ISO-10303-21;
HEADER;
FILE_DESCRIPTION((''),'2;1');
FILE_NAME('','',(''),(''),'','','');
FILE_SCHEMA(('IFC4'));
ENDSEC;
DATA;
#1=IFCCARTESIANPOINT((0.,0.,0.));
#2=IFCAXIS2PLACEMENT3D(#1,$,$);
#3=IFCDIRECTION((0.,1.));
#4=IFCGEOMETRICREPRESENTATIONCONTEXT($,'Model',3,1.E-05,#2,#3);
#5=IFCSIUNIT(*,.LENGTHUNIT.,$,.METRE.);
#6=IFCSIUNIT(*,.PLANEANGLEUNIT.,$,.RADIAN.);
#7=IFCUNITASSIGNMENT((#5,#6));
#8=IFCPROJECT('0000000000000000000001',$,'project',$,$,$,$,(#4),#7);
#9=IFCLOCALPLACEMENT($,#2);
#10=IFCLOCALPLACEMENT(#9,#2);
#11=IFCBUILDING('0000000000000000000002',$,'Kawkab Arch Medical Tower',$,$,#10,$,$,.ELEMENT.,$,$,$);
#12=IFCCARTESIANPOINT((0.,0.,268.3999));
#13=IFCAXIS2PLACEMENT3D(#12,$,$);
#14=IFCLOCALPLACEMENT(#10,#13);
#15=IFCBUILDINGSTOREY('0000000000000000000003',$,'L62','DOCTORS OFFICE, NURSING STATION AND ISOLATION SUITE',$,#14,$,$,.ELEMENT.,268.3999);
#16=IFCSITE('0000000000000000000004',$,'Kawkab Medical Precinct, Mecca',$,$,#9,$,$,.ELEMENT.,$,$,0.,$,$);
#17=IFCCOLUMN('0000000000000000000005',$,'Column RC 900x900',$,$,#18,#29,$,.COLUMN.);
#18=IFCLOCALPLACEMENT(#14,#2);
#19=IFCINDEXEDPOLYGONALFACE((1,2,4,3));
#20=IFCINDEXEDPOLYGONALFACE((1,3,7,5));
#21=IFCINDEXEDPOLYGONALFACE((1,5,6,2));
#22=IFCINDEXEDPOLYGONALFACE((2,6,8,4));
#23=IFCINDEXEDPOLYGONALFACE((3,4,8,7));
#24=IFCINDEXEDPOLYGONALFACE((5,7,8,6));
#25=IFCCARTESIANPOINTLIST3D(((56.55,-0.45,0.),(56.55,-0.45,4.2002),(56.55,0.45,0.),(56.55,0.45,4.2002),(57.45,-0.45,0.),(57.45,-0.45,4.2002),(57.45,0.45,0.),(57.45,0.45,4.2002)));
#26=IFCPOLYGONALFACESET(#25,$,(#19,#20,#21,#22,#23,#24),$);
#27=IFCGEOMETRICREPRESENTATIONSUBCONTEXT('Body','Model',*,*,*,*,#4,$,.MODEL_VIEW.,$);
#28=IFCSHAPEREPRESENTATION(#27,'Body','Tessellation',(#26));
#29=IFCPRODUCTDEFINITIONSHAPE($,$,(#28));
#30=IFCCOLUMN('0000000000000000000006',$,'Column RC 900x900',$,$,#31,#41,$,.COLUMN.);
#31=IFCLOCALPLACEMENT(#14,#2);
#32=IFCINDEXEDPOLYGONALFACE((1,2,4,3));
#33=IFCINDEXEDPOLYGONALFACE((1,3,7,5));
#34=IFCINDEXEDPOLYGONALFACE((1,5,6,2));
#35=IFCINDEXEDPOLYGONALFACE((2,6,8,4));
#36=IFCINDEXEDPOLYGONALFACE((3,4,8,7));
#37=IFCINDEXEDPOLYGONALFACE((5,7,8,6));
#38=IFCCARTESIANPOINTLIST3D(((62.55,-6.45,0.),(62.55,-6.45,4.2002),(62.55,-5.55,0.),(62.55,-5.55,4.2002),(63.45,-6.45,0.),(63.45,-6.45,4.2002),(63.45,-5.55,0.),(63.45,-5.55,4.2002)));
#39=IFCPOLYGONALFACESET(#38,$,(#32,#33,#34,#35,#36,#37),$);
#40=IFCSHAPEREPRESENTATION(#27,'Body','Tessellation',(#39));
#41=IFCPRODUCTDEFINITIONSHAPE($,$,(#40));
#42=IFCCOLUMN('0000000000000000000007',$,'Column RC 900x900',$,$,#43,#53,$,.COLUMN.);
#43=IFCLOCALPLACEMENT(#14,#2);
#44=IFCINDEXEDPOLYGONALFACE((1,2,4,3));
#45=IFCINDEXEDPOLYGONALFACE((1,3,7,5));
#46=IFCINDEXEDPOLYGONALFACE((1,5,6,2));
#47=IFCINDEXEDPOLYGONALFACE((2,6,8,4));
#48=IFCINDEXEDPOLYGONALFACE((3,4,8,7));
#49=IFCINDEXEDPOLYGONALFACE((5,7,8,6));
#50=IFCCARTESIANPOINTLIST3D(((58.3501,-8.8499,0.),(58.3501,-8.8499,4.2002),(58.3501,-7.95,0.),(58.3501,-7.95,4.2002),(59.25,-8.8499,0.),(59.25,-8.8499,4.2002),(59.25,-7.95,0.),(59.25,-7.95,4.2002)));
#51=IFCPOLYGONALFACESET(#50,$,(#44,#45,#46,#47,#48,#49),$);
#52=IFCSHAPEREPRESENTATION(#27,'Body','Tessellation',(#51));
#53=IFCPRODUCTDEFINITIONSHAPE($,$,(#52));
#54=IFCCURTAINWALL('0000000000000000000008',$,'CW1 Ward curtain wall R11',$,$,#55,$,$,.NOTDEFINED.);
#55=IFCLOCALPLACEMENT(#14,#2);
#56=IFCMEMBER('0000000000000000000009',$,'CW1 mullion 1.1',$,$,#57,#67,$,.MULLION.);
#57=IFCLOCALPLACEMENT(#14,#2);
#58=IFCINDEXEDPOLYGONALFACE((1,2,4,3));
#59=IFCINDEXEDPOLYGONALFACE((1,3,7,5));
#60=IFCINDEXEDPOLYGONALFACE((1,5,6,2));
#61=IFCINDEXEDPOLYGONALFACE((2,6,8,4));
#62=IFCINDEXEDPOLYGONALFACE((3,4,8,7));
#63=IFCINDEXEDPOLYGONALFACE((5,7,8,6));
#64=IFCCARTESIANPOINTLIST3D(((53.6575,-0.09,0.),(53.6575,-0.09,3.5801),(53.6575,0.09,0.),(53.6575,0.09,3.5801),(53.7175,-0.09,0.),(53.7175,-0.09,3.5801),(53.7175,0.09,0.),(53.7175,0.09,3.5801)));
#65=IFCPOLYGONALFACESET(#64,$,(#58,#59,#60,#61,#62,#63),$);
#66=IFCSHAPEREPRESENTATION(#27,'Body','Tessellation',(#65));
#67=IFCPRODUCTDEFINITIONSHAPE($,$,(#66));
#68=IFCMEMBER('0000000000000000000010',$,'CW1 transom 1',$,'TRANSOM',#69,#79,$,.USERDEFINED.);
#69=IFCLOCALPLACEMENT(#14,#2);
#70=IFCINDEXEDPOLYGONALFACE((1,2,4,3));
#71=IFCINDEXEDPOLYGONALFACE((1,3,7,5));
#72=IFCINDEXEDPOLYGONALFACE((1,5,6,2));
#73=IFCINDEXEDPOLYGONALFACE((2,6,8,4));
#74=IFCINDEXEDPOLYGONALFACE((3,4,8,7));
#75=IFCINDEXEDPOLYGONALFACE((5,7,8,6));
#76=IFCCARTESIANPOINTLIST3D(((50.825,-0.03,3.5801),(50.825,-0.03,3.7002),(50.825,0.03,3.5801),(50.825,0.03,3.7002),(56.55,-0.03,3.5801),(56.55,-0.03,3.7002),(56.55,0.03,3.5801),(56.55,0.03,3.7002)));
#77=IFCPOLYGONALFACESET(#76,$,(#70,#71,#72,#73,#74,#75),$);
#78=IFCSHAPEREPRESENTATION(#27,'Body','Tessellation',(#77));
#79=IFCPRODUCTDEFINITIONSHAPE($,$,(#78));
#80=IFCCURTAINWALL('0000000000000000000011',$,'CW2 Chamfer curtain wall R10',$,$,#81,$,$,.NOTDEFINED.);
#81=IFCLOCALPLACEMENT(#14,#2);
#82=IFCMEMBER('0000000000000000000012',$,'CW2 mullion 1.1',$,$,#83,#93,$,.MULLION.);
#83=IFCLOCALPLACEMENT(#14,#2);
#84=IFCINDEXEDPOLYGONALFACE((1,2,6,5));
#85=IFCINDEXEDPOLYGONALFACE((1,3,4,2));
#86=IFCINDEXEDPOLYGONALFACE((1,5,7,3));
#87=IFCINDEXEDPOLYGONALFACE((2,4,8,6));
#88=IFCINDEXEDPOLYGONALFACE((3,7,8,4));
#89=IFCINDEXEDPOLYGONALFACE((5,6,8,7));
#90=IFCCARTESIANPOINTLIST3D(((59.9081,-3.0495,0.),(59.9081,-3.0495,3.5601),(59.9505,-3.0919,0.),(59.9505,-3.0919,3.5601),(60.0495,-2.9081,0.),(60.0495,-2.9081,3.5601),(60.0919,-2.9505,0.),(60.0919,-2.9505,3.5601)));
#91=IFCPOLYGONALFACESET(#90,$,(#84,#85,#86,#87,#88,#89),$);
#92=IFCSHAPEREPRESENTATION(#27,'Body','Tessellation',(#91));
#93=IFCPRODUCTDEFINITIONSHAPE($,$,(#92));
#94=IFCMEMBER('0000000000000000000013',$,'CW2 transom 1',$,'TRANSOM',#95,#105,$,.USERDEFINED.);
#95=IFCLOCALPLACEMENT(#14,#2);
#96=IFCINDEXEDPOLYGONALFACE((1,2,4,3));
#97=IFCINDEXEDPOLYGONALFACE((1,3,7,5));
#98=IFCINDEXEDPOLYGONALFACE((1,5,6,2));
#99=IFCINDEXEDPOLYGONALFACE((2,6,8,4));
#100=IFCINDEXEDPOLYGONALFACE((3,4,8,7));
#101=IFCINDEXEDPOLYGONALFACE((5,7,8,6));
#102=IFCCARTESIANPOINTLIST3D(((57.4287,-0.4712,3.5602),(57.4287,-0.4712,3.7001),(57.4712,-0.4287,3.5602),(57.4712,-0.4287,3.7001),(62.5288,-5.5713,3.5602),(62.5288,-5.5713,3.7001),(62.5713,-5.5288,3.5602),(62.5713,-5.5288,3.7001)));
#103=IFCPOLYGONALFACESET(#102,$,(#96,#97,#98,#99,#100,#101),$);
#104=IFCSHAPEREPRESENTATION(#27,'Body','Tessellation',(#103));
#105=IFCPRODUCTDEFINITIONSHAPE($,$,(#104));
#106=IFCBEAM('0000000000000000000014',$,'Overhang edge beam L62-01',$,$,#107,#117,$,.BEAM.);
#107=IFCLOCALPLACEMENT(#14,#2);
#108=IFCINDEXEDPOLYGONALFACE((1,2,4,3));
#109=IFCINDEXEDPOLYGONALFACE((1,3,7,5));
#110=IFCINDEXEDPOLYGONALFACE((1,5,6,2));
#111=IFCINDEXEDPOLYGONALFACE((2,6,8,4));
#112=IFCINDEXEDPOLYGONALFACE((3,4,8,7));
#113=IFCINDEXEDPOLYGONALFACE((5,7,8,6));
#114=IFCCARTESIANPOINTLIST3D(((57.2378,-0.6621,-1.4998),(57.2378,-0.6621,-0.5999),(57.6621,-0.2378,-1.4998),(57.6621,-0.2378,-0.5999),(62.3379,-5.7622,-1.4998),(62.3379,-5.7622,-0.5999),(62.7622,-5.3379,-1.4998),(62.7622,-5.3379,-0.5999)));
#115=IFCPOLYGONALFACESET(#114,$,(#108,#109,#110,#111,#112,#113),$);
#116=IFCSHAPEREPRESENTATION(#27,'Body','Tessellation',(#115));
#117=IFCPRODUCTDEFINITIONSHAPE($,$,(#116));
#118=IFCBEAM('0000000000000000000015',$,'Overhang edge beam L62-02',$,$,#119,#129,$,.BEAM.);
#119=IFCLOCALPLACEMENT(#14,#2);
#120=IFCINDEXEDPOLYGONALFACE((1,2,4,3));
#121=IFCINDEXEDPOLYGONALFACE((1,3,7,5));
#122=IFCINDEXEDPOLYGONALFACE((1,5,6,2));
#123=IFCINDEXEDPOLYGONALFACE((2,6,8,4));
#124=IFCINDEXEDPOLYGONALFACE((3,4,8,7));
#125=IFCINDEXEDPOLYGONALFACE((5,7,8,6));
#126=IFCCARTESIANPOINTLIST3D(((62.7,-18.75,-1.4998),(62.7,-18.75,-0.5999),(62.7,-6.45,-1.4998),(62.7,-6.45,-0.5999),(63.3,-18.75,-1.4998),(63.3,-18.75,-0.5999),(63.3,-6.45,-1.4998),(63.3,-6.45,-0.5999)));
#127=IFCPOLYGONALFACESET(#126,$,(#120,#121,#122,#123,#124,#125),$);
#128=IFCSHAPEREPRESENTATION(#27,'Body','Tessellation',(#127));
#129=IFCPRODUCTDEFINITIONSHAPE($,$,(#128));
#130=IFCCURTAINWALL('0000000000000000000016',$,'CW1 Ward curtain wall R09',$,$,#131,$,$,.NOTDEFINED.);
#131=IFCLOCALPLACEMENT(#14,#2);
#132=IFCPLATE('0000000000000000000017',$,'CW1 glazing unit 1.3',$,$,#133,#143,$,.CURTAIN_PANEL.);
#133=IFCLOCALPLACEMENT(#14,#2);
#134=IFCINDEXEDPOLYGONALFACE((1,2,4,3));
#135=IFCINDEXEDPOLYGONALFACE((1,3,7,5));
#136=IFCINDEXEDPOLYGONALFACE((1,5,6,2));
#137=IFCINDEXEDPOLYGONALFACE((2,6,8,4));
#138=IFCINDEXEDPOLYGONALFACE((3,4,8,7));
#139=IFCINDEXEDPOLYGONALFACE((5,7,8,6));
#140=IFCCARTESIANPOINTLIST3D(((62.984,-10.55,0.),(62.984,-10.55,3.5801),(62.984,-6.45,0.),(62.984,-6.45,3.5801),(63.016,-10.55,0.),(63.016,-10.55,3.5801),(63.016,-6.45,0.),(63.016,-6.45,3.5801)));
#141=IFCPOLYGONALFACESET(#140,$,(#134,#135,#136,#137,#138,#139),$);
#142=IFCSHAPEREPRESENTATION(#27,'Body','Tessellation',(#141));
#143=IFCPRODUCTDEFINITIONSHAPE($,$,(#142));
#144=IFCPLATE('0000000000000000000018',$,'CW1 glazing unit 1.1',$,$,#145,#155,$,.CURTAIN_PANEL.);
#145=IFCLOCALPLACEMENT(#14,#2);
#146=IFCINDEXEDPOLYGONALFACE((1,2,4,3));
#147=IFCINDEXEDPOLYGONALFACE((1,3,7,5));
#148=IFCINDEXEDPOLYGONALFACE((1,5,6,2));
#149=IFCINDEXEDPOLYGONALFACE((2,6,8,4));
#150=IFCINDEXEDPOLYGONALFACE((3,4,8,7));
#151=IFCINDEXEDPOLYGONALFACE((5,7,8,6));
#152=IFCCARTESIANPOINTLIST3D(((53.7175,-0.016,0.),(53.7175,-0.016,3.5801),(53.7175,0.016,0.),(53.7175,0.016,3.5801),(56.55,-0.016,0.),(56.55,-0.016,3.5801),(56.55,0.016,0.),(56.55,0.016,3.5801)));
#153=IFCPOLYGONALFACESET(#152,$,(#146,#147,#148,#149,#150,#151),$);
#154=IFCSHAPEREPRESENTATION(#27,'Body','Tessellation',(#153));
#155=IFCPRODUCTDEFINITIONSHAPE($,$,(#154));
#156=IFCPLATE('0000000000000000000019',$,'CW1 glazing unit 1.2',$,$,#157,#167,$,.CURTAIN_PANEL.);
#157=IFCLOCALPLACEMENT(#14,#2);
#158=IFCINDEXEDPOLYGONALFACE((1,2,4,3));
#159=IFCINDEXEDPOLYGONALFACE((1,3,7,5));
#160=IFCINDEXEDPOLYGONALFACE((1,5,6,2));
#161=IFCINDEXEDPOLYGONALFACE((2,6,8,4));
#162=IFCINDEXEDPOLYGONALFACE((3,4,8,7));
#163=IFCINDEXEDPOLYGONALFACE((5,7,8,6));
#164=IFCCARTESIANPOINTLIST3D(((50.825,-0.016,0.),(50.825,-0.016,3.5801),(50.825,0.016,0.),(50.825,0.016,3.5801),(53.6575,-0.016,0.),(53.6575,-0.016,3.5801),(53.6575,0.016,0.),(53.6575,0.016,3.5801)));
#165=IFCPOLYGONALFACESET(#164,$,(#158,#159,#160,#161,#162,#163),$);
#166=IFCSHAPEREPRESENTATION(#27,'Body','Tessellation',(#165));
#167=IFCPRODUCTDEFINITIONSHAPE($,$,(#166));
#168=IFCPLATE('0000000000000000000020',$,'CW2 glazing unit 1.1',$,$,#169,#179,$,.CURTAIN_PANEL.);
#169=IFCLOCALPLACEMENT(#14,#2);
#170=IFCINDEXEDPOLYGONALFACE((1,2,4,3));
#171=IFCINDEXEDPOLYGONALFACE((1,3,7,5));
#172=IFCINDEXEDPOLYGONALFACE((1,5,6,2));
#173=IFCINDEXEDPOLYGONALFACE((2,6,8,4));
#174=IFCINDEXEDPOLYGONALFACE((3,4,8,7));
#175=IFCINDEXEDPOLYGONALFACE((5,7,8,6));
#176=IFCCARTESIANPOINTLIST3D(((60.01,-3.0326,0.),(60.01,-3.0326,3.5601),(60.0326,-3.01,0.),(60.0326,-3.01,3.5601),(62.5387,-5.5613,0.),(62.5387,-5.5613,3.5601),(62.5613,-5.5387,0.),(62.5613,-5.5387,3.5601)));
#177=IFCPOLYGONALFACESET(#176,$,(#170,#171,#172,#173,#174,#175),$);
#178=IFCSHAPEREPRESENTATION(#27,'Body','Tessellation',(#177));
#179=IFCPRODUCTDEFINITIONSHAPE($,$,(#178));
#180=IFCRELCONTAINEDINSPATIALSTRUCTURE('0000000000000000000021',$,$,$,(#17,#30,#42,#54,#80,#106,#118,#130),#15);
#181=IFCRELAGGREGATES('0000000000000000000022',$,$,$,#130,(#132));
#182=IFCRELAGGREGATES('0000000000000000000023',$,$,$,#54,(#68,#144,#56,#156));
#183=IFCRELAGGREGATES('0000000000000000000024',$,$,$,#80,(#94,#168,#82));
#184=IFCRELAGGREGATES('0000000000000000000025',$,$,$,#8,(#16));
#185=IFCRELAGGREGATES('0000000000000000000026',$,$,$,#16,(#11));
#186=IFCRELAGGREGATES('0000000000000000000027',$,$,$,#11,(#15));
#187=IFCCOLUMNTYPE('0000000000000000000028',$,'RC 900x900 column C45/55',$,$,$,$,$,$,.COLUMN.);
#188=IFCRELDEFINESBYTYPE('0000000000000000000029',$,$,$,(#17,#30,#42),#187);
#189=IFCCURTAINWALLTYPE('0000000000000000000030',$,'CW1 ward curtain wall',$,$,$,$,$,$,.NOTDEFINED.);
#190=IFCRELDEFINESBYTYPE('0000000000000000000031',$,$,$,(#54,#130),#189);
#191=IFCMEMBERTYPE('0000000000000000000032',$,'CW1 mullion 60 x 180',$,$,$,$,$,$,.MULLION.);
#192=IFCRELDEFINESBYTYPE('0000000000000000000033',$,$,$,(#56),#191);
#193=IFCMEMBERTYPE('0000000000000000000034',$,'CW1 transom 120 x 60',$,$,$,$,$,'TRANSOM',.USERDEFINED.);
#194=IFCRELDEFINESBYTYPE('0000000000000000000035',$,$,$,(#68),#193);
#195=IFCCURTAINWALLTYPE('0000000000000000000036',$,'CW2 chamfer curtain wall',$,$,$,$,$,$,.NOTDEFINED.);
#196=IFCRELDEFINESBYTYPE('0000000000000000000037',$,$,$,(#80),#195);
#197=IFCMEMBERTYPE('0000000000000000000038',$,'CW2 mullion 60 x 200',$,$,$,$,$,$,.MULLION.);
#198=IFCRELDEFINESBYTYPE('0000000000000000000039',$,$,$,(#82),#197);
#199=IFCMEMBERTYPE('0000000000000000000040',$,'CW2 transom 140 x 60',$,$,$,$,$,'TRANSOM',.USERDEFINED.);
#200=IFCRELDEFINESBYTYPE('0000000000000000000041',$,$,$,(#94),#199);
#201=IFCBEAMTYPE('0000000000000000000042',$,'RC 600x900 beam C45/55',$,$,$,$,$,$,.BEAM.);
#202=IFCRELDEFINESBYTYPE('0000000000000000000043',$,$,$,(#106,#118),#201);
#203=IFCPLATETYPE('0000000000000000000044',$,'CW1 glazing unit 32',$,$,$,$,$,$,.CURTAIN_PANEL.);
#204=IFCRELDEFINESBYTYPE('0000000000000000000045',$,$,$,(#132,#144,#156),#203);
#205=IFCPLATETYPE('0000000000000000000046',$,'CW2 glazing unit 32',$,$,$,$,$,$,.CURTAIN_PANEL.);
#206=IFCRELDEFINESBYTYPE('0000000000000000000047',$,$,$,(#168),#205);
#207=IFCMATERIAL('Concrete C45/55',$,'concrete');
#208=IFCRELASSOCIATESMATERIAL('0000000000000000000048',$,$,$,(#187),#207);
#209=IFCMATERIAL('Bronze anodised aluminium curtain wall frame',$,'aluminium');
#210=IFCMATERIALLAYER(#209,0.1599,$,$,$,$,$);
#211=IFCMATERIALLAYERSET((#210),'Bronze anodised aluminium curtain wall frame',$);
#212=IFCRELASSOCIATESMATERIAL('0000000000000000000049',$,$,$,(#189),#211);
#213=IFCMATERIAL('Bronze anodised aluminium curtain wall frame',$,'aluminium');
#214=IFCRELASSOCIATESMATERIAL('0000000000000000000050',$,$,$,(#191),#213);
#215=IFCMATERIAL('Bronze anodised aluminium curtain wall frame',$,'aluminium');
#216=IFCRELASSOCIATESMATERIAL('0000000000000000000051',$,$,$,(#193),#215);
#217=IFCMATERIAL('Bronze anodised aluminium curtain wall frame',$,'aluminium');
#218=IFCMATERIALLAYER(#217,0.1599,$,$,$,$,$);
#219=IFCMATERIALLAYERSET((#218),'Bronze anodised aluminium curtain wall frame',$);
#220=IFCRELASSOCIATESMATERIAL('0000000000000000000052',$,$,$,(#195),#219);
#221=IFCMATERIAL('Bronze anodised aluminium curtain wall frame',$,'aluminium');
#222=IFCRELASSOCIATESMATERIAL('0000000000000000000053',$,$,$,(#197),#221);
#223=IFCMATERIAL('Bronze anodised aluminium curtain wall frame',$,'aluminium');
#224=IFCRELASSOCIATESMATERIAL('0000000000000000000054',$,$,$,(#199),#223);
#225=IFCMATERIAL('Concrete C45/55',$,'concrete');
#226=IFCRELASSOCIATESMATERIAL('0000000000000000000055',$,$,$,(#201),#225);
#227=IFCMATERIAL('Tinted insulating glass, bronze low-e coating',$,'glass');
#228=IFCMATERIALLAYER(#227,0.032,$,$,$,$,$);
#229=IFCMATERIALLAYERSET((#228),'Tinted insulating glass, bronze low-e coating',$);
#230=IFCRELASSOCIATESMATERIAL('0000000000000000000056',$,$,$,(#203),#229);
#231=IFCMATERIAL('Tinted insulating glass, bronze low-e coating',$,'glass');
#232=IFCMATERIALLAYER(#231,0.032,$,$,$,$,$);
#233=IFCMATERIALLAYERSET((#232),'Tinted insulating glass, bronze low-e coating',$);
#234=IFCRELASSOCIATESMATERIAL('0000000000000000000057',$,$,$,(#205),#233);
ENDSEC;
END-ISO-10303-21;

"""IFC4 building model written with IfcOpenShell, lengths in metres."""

from ifc_helpers import new_model, si_unit, direction, frame, origin, origin_2d, place, context, subcontext, project, spatial, rectangle, extrude, material, layer, layer_set, material_profile, profile_set, type_object, element, aggregate, save


model = new_model("IFC4")

# Units and contexts
model_context = context("Model", 3, precision=1e-05, world=origin(), true_north=direction((0.0, 1.0)))
body_context = subcontext(model_context, "Body", "Model", "MODEL_VIEW")
ifc_project = project(units=[si_unit("LENGTHUNIT", "METRE"), si_unit("PLANEANGLEUNIT", "RADIAN")], contexts=[model_context])

# Site, building, storey
site_placement = place(None, origin())
site = spatial("IfcSite", under=ifc_project, at=site_placement, Name="Kawkab Medical Precinct, Mecca", CompositionType="ELEMENT", RefElevation=0.0)
building_placement = place(site_placement, origin())
building = spatial("IfcBuilding", under=site, at=building_placement, Name="Kawkab Arch Medical Tower", CompositionType="ELEMENT")
storey_placement = place(building_placement, frame((0.0, 0.0, 268.3999)))
storey = spatial("IfcBuildingStorey", under=building, at=storey_placement, Name="L62", Description="DOCTORS OFFICE, NURSING STATION AND ISOLATION SUITE", CompositionType="ELEMENT", Elevation=268.3999)

# Columns
ifc_material_1 = material(Name="Concrete C45/55", Category="concrete")
ifc_material_profile_1 = material_profile(ifc_material_1, rectangle(XDim=0.8999, YDim=0.8999, at=origin_2d()), Name="RC 900x900")
ifc_profile_set_1 = profile_set([ifc_material_profile_1], Name="Concrete C45/55")
column_type = type_object("IfcColumnType", Name="RC 900x900 column C45/55", PredefinedType="COLUMN", material=ifc_profile_set_1)
for number, where, z_axis, x_axis, name in (
    (1, (57.0, 0.0, 0.0), (0.0, 0.0, 1.0), (1.0, 0.0, 0.0), "Column RC 900x900"),
    (2, (63.0, -6.0, 0.0), (0.0, 0.0, 1.0), (1.0, 0.0, 0.0), "Column RC 900x900"),
    (3, (58.8, -8.3999, 0.0), (0.0, 0.0, 1.0), (1.0, 0.0, 0.0), "Column RC 900x900"),
):
    element("IfcColumn", number, at=place(storey_placement, frame(where, z_axis=z_axis, x_axis=x_axis)), inside=storey, type_object=column_type, Name=name, PredefinedType="COLUMN", context=body_context, shape_type="SweptSolid", body=[
        extrude(rectangle(XDim=0.8999, YDim=0.8999, at=origin_2d()), origin(), (0.0, 0.0, 1.0), 4.2002),
    ])

# Curtain walls, members
ifc_material_2 = material(Name="Bronze anodised aluminium curtain wall frame", Category="aluminium")
ifc_layer_1 = layer(ifc_material_2, 0.1599)
ifc_layer_set_1 = layer_set([ifc_layer_1], Name="Bronze anodised aluminium curtain wall frame")
curtain_wall_type_1 = type_object("IfcCurtainWallType", Name="CW1 ward curtain wall", PredefinedType="NOTDEFINED", material=ifc_layer_set_1)
placement = place(storey_placement, origin())
curtain_wall_1 = element("IfcCurtainWall", 4, at=placement, inside=storey, type_object=curtain_wall_type_1, Name="CW1 Ward curtain wall R11", PredefinedType="NOTDEFINED")
ifc_material_3 = material(Name="Bronze anodised aluminium curtain wall frame", Category="aluminium")
ifc_material_profile_2 = material_profile(ifc_material_3, rectangle(XDim=0.1799, YDim=0.0601, at=origin_2d()), Name="AL 60x180")
ifc_profile_set_2 = profile_set([ifc_material_profile_2], Name="Bronze anodised aluminium curtain wall frame")
member_type_1 = type_object("IfcMemberType", Name="CW1 mullion 60 x 180", PredefinedType="MULLION", material=ifc_profile_set_2)
member_1_placement = place(storey_placement, frame((53.6875, 0.0, 0.0), z_axis=(0.0, 0.0, 1.0), x_axis=(0.0, -1.0, 0.0)))
member_1 = element("IfcMember", 5, at=member_1_placement, type_object=member_type_1, Name="CW1 mullion 1.1", PredefinedType="MULLION", context=body_context, shape_type="SweptSolid", body=[
    extrude(rectangle(XDim=0.1799, YDim=0.0601, at=origin_2d()), origin(), (0.0, 0.0, 1.0), 3.5801),
])
ifc_material_4 = material(Name="Bronze anodised aluminium curtain wall frame", Category="aluminium")
ifc_material_profile_3 = material_profile(ifc_material_4, rectangle(XDim=0.0601, YDim=0.1201, at=origin_2d()), Name="AL 60x120")
ifc_profile_set_3 = profile_set([ifc_material_profile_3], Name="Bronze anodised aluminium curtain wall frame")
member_type_2 = type_object("IfcMemberType", Name="CW1 transom 120 x 60", ElementType="TRANSOM", PredefinedType="USERDEFINED", material=ifc_profile_set_3)
member_2_placement = place(storey_placement, frame((56.55, 0.0, 3.6401), z_axis=(-1.0, 0.0, 0.0), x_axis=(0.0, -1.0, 0.0)))
member_2 = element("IfcMember", 6, at=member_2_placement, type_object=member_type_2, Name="CW1 transom 1", ObjectType="TRANSOM", PredefinedType="USERDEFINED", context=body_context, shape_type="SweptSolid", body=[
    extrude(rectangle(XDim=0.0601, YDim=0.1201, at=origin_2d()), origin(), (0.0, 0.0, 1.0), 5.7251),
])
ifc_material_5 = material(Name="Bronze anodised aluminium curtain wall frame", Category="aluminium")
ifc_layer_2 = layer(ifc_material_5, 0.1599)
ifc_layer_set_2 = layer_set([ifc_layer_2], Name="Bronze anodised aluminium curtain wall frame")
curtain_wall_type_2 = type_object("IfcCurtainWallType", Name="CW2 chamfer curtain wall", PredefinedType="NOTDEFINED", material=ifc_layer_set_2)
curtain_wall_2 = element("IfcCurtainWall", 7, at=placement, inside=storey, type_object=curtain_wall_type_2, Name="CW2 Chamfer curtain wall R10", PredefinedType="NOTDEFINED")
ifc_material_6 = material(Name="Bronze anodised aluminium curtain wall frame", Category="aluminium")
ifc_material_profile_4 = material_profile(ifc_material_6, rectangle(XDim=0.2, YDim=0.0601, at=origin_2d()), Name="AL 60x200")
ifc_profile_set_4 = profile_set([ifc_material_profile_4], Name="Bronze anodised aluminium curtain wall frame")
member_type_3 = type_object("IfcMemberType", Name="CW2 mullion 60 x 200", PredefinedType="MULLION", material=ifc_profile_set_4)
member_3_placement = place(storey_placement, frame((60.0, -3.0, 0.0), z_axis=(0.0, 0.0, 1.0), x_axis=(-0.707107, -0.707107, 0.0)))
member_3 = element("IfcMember", 8, at=member_3_placement, type_object=member_type_3, Name="CW2 mullion 1.1", PredefinedType="MULLION", context=body_context, shape_type="SweptSolid", body=[
    extrude(rectangle(XDim=0.2, YDim=0.0601, at=origin_2d()), origin(), (0.0, 0.0, 1.0), 3.5601),
])
ifc_material_7 = material(Name="Bronze anodised aluminium curtain wall frame", Category="aluminium")
ifc_material_profile_5 = material_profile(ifc_material_7, rectangle(XDim=0.0601, YDim=0.1399, at=origin_2d()), Name="AL 60x140")
ifc_profile_set_5 = profile_set([ifc_material_profile_5], Name="Bronze anodised aluminium curtain wall frame")
member_type_4 = type_object("IfcMemberType", Name="CW2 transom 140 x 60", ElementType="TRANSOM", PredefinedType="USERDEFINED", material=ifc_profile_set_5)
member_4_placement = place(storey_placement, frame((62.55, -5.55, 3.6301), z_axis=(-0.707107, 0.707107, 0.0), x_axis=(-0.707107, -0.707107, 0.0)))
member_4 = element("IfcMember", 9, at=member_4_placement, type_object=member_type_4, Name="CW2 transom 1", ObjectType="TRANSOM", PredefinedType="USERDEFINED", context=body_context, shape_type="SweptSolid", body=[
    extrude(rectangle(XDim=0.0601, YDim=0.1399, at=origin_2d()), origin(), (0.0, 0.0, 1.0), 7.2126),
])

# Beams
ifc_material_8 = material(Name="Concrete C45/55", Category="concrete")
ifc_material_profile_6 = material_profile(ifc_material_8, rectangle(XDim=0.6001, YDim=0.8999, at=origin_2d()), Name="RC 600x900")
ifc_profile_set_6 = profile_set([ifc_material_profile_6], Name="Concrete C45/55")
beam_type = type_object("IfcBeamType", Name="RC 600x900 beam C45/55", PredefinedType="BEAM", material=ifc_profile_set_6)
beam_1_placement = place(storey_placement, frame((57.45, -0.45, -1.0498), z_axis=(0.707107, -0.707107, 0.0), x_axis=(0.707107, 0.707107, 0.0)))
element("IfcBeam", 10, at=beam_1_placement, inside=storey, type_object=beam_type, Name="Overhang edge beam L62-01", PredefinedType="BEAM", context=body_context, shape_type="SweptSolid", body=[
    extrude(rectangle(XDim=0.6001, YDim=0.8999, at=origin_2d()), origin(), (0.0, 0.0, 1.0), 7.2126),
])
beam_2_placement = place(storey_placement, frame((63.0, -6.45, -1.0498), z_axis=(0.0, -1.0, 0.0), x_axis=(1.0, 0.0, 0.0)))
element("IfcBeam", 11, at=beam_2_placement, inside=storey, type_object=beam_type, Name="Overhang edge beam L62-02", PredefinedType="BEAM", context=body_context, shape_type="SweptSolid", body=[
    extrude(rectangle(XDim=0.6001, YDim=0.8999, at=origin_2d()), origin(), (0.0, 0.0, 1.0), 12.3),
])

# Curtain wall, plate
curtain_wall_3 = element("IfcCurtainWall", 12, at=placement, inside=storey, type_object=curtain_wall_type_1, Name="CW1 Ward curtain wall R09", PredefinedType="NOTDEFINED")
ifc_material_9 = material(Name="Tinted insulating glass, bronze low-e coating", Category="glass")
ifc_layer_3 = layer(ifc_material_9, 0.032)
ifc_layer_set_3 = layer_set([ifc_layer_3], Name="Tinted insulating glass, bronze low-e coating")
plate_type_1 = type_object("IfcPlateType", Name="CW1 glazing unit 32", PredefinedType="CURTAIN_PANEL", material=ifc_layer_set_3)
plate_1_placement = place(storey_placement, frame((63.0, -8.5, 0.0), z_axis=(0.0, 0.0, 1.0), x_axis=(0.0, 1.0, 0.0)))
plate_1 = element("IfcPlate", 13, at=plate_1_placement, type_object=plate_type_1, Name="CW1 glazing unit 1.3", PredefinedType="CURTAIN_PANEL", context=body_context, shape_type="SweptSolid", body=[
    extrude(rectangle(XDim=4.1001, YDim=0.032, at=origin_2d()), origin(), (0.0, 0.0, 1.0), 3.5801),
])
aggregate(curtain_wall_3, [plate_1])

# Plates
plate_2_placement = place(storey_placement, frame((55.1338, 0.0, 0.0), z_axis=(0.0, 0.0, 1.0), x_axis=(-1.0, 0.0, 0.0)))
plate_2 = element("IfcPlate", 14, at=plate_2_placement, type_object=plate_type_1, Name="CW1 glazing unit 1.1", PredefinedType="CURTAIN_PANEL", context=body_context, shape_type="SweptSolid", body=[
    extrude(rectangle(XDim=2.8325, YDim=0.032, at=origin_2d()), origin(), (0.0, 0.0, 1.0), 3.5801),
])
plate_3_placement = place(storey_placement, frame((52.2412, 0.0, 0.0), z_axis=(0.0, 0.0, 1.0), x_axis=(-1.0, 0.0, 0.0)))
plate_3 = element("IfcPlate", 15, at=plate_3_placement, type_object=plate_type_1, Name="CW1 glazing unit 1.2", PredefinedType="CURTAIN_PANEL", context=body_context, shape_type="SweptSolid", body=[
    extrude(rectangle(XDim=2.8325, YDim=0.032, at=origin_2d()), origin(), (0.0, 0.0, 1.0), 3.5801),
])
aggregate(curtain_wall_1, [member_2, plate_2, member_1, plate_3])
ifc_material_10 = material(Name="Tinted insulating glass, bronze low-e coating", Category="glass")
ifc_layer_4 = layer(ifc_material_10, 0.032)
ifc_layer_set_4 = layer_set([ifc_layer_4], Name="Tinted insulating glass, bronze low-e coating")
plate_type_2 = type_object("IfcPlateType", Name="CW2 glazing unit 32", PredefinedType="CURTAIN_PANEL", material=ifc_layer_set_4)
plate_4_placement = place(storey_placement, frame((61.2856, -4.2856, 0.0), z_axis=(0.0, 0.0, 1.0), x_axis=(-0.707107, 0.707107, 0.0)))
plate_4 = element("IfcPlate", 16, at=plate_4_placement, type_object=plate_type_2, Name="CW2 glazing unit 1.1", PredefinedType="CURTAIN_PANEL", context=body_context, shape_type="SweptSolid", body=[
    extrude(rectangle(XDim=3.5762, YDim=0.032, at=origin_2d()), origin(), (0.0, 0.0, 1.0), 3.5601),
])
aggregate(curtain_wall_2, [member_4, plate_4, member_3])

save(model, "model.ifc")
